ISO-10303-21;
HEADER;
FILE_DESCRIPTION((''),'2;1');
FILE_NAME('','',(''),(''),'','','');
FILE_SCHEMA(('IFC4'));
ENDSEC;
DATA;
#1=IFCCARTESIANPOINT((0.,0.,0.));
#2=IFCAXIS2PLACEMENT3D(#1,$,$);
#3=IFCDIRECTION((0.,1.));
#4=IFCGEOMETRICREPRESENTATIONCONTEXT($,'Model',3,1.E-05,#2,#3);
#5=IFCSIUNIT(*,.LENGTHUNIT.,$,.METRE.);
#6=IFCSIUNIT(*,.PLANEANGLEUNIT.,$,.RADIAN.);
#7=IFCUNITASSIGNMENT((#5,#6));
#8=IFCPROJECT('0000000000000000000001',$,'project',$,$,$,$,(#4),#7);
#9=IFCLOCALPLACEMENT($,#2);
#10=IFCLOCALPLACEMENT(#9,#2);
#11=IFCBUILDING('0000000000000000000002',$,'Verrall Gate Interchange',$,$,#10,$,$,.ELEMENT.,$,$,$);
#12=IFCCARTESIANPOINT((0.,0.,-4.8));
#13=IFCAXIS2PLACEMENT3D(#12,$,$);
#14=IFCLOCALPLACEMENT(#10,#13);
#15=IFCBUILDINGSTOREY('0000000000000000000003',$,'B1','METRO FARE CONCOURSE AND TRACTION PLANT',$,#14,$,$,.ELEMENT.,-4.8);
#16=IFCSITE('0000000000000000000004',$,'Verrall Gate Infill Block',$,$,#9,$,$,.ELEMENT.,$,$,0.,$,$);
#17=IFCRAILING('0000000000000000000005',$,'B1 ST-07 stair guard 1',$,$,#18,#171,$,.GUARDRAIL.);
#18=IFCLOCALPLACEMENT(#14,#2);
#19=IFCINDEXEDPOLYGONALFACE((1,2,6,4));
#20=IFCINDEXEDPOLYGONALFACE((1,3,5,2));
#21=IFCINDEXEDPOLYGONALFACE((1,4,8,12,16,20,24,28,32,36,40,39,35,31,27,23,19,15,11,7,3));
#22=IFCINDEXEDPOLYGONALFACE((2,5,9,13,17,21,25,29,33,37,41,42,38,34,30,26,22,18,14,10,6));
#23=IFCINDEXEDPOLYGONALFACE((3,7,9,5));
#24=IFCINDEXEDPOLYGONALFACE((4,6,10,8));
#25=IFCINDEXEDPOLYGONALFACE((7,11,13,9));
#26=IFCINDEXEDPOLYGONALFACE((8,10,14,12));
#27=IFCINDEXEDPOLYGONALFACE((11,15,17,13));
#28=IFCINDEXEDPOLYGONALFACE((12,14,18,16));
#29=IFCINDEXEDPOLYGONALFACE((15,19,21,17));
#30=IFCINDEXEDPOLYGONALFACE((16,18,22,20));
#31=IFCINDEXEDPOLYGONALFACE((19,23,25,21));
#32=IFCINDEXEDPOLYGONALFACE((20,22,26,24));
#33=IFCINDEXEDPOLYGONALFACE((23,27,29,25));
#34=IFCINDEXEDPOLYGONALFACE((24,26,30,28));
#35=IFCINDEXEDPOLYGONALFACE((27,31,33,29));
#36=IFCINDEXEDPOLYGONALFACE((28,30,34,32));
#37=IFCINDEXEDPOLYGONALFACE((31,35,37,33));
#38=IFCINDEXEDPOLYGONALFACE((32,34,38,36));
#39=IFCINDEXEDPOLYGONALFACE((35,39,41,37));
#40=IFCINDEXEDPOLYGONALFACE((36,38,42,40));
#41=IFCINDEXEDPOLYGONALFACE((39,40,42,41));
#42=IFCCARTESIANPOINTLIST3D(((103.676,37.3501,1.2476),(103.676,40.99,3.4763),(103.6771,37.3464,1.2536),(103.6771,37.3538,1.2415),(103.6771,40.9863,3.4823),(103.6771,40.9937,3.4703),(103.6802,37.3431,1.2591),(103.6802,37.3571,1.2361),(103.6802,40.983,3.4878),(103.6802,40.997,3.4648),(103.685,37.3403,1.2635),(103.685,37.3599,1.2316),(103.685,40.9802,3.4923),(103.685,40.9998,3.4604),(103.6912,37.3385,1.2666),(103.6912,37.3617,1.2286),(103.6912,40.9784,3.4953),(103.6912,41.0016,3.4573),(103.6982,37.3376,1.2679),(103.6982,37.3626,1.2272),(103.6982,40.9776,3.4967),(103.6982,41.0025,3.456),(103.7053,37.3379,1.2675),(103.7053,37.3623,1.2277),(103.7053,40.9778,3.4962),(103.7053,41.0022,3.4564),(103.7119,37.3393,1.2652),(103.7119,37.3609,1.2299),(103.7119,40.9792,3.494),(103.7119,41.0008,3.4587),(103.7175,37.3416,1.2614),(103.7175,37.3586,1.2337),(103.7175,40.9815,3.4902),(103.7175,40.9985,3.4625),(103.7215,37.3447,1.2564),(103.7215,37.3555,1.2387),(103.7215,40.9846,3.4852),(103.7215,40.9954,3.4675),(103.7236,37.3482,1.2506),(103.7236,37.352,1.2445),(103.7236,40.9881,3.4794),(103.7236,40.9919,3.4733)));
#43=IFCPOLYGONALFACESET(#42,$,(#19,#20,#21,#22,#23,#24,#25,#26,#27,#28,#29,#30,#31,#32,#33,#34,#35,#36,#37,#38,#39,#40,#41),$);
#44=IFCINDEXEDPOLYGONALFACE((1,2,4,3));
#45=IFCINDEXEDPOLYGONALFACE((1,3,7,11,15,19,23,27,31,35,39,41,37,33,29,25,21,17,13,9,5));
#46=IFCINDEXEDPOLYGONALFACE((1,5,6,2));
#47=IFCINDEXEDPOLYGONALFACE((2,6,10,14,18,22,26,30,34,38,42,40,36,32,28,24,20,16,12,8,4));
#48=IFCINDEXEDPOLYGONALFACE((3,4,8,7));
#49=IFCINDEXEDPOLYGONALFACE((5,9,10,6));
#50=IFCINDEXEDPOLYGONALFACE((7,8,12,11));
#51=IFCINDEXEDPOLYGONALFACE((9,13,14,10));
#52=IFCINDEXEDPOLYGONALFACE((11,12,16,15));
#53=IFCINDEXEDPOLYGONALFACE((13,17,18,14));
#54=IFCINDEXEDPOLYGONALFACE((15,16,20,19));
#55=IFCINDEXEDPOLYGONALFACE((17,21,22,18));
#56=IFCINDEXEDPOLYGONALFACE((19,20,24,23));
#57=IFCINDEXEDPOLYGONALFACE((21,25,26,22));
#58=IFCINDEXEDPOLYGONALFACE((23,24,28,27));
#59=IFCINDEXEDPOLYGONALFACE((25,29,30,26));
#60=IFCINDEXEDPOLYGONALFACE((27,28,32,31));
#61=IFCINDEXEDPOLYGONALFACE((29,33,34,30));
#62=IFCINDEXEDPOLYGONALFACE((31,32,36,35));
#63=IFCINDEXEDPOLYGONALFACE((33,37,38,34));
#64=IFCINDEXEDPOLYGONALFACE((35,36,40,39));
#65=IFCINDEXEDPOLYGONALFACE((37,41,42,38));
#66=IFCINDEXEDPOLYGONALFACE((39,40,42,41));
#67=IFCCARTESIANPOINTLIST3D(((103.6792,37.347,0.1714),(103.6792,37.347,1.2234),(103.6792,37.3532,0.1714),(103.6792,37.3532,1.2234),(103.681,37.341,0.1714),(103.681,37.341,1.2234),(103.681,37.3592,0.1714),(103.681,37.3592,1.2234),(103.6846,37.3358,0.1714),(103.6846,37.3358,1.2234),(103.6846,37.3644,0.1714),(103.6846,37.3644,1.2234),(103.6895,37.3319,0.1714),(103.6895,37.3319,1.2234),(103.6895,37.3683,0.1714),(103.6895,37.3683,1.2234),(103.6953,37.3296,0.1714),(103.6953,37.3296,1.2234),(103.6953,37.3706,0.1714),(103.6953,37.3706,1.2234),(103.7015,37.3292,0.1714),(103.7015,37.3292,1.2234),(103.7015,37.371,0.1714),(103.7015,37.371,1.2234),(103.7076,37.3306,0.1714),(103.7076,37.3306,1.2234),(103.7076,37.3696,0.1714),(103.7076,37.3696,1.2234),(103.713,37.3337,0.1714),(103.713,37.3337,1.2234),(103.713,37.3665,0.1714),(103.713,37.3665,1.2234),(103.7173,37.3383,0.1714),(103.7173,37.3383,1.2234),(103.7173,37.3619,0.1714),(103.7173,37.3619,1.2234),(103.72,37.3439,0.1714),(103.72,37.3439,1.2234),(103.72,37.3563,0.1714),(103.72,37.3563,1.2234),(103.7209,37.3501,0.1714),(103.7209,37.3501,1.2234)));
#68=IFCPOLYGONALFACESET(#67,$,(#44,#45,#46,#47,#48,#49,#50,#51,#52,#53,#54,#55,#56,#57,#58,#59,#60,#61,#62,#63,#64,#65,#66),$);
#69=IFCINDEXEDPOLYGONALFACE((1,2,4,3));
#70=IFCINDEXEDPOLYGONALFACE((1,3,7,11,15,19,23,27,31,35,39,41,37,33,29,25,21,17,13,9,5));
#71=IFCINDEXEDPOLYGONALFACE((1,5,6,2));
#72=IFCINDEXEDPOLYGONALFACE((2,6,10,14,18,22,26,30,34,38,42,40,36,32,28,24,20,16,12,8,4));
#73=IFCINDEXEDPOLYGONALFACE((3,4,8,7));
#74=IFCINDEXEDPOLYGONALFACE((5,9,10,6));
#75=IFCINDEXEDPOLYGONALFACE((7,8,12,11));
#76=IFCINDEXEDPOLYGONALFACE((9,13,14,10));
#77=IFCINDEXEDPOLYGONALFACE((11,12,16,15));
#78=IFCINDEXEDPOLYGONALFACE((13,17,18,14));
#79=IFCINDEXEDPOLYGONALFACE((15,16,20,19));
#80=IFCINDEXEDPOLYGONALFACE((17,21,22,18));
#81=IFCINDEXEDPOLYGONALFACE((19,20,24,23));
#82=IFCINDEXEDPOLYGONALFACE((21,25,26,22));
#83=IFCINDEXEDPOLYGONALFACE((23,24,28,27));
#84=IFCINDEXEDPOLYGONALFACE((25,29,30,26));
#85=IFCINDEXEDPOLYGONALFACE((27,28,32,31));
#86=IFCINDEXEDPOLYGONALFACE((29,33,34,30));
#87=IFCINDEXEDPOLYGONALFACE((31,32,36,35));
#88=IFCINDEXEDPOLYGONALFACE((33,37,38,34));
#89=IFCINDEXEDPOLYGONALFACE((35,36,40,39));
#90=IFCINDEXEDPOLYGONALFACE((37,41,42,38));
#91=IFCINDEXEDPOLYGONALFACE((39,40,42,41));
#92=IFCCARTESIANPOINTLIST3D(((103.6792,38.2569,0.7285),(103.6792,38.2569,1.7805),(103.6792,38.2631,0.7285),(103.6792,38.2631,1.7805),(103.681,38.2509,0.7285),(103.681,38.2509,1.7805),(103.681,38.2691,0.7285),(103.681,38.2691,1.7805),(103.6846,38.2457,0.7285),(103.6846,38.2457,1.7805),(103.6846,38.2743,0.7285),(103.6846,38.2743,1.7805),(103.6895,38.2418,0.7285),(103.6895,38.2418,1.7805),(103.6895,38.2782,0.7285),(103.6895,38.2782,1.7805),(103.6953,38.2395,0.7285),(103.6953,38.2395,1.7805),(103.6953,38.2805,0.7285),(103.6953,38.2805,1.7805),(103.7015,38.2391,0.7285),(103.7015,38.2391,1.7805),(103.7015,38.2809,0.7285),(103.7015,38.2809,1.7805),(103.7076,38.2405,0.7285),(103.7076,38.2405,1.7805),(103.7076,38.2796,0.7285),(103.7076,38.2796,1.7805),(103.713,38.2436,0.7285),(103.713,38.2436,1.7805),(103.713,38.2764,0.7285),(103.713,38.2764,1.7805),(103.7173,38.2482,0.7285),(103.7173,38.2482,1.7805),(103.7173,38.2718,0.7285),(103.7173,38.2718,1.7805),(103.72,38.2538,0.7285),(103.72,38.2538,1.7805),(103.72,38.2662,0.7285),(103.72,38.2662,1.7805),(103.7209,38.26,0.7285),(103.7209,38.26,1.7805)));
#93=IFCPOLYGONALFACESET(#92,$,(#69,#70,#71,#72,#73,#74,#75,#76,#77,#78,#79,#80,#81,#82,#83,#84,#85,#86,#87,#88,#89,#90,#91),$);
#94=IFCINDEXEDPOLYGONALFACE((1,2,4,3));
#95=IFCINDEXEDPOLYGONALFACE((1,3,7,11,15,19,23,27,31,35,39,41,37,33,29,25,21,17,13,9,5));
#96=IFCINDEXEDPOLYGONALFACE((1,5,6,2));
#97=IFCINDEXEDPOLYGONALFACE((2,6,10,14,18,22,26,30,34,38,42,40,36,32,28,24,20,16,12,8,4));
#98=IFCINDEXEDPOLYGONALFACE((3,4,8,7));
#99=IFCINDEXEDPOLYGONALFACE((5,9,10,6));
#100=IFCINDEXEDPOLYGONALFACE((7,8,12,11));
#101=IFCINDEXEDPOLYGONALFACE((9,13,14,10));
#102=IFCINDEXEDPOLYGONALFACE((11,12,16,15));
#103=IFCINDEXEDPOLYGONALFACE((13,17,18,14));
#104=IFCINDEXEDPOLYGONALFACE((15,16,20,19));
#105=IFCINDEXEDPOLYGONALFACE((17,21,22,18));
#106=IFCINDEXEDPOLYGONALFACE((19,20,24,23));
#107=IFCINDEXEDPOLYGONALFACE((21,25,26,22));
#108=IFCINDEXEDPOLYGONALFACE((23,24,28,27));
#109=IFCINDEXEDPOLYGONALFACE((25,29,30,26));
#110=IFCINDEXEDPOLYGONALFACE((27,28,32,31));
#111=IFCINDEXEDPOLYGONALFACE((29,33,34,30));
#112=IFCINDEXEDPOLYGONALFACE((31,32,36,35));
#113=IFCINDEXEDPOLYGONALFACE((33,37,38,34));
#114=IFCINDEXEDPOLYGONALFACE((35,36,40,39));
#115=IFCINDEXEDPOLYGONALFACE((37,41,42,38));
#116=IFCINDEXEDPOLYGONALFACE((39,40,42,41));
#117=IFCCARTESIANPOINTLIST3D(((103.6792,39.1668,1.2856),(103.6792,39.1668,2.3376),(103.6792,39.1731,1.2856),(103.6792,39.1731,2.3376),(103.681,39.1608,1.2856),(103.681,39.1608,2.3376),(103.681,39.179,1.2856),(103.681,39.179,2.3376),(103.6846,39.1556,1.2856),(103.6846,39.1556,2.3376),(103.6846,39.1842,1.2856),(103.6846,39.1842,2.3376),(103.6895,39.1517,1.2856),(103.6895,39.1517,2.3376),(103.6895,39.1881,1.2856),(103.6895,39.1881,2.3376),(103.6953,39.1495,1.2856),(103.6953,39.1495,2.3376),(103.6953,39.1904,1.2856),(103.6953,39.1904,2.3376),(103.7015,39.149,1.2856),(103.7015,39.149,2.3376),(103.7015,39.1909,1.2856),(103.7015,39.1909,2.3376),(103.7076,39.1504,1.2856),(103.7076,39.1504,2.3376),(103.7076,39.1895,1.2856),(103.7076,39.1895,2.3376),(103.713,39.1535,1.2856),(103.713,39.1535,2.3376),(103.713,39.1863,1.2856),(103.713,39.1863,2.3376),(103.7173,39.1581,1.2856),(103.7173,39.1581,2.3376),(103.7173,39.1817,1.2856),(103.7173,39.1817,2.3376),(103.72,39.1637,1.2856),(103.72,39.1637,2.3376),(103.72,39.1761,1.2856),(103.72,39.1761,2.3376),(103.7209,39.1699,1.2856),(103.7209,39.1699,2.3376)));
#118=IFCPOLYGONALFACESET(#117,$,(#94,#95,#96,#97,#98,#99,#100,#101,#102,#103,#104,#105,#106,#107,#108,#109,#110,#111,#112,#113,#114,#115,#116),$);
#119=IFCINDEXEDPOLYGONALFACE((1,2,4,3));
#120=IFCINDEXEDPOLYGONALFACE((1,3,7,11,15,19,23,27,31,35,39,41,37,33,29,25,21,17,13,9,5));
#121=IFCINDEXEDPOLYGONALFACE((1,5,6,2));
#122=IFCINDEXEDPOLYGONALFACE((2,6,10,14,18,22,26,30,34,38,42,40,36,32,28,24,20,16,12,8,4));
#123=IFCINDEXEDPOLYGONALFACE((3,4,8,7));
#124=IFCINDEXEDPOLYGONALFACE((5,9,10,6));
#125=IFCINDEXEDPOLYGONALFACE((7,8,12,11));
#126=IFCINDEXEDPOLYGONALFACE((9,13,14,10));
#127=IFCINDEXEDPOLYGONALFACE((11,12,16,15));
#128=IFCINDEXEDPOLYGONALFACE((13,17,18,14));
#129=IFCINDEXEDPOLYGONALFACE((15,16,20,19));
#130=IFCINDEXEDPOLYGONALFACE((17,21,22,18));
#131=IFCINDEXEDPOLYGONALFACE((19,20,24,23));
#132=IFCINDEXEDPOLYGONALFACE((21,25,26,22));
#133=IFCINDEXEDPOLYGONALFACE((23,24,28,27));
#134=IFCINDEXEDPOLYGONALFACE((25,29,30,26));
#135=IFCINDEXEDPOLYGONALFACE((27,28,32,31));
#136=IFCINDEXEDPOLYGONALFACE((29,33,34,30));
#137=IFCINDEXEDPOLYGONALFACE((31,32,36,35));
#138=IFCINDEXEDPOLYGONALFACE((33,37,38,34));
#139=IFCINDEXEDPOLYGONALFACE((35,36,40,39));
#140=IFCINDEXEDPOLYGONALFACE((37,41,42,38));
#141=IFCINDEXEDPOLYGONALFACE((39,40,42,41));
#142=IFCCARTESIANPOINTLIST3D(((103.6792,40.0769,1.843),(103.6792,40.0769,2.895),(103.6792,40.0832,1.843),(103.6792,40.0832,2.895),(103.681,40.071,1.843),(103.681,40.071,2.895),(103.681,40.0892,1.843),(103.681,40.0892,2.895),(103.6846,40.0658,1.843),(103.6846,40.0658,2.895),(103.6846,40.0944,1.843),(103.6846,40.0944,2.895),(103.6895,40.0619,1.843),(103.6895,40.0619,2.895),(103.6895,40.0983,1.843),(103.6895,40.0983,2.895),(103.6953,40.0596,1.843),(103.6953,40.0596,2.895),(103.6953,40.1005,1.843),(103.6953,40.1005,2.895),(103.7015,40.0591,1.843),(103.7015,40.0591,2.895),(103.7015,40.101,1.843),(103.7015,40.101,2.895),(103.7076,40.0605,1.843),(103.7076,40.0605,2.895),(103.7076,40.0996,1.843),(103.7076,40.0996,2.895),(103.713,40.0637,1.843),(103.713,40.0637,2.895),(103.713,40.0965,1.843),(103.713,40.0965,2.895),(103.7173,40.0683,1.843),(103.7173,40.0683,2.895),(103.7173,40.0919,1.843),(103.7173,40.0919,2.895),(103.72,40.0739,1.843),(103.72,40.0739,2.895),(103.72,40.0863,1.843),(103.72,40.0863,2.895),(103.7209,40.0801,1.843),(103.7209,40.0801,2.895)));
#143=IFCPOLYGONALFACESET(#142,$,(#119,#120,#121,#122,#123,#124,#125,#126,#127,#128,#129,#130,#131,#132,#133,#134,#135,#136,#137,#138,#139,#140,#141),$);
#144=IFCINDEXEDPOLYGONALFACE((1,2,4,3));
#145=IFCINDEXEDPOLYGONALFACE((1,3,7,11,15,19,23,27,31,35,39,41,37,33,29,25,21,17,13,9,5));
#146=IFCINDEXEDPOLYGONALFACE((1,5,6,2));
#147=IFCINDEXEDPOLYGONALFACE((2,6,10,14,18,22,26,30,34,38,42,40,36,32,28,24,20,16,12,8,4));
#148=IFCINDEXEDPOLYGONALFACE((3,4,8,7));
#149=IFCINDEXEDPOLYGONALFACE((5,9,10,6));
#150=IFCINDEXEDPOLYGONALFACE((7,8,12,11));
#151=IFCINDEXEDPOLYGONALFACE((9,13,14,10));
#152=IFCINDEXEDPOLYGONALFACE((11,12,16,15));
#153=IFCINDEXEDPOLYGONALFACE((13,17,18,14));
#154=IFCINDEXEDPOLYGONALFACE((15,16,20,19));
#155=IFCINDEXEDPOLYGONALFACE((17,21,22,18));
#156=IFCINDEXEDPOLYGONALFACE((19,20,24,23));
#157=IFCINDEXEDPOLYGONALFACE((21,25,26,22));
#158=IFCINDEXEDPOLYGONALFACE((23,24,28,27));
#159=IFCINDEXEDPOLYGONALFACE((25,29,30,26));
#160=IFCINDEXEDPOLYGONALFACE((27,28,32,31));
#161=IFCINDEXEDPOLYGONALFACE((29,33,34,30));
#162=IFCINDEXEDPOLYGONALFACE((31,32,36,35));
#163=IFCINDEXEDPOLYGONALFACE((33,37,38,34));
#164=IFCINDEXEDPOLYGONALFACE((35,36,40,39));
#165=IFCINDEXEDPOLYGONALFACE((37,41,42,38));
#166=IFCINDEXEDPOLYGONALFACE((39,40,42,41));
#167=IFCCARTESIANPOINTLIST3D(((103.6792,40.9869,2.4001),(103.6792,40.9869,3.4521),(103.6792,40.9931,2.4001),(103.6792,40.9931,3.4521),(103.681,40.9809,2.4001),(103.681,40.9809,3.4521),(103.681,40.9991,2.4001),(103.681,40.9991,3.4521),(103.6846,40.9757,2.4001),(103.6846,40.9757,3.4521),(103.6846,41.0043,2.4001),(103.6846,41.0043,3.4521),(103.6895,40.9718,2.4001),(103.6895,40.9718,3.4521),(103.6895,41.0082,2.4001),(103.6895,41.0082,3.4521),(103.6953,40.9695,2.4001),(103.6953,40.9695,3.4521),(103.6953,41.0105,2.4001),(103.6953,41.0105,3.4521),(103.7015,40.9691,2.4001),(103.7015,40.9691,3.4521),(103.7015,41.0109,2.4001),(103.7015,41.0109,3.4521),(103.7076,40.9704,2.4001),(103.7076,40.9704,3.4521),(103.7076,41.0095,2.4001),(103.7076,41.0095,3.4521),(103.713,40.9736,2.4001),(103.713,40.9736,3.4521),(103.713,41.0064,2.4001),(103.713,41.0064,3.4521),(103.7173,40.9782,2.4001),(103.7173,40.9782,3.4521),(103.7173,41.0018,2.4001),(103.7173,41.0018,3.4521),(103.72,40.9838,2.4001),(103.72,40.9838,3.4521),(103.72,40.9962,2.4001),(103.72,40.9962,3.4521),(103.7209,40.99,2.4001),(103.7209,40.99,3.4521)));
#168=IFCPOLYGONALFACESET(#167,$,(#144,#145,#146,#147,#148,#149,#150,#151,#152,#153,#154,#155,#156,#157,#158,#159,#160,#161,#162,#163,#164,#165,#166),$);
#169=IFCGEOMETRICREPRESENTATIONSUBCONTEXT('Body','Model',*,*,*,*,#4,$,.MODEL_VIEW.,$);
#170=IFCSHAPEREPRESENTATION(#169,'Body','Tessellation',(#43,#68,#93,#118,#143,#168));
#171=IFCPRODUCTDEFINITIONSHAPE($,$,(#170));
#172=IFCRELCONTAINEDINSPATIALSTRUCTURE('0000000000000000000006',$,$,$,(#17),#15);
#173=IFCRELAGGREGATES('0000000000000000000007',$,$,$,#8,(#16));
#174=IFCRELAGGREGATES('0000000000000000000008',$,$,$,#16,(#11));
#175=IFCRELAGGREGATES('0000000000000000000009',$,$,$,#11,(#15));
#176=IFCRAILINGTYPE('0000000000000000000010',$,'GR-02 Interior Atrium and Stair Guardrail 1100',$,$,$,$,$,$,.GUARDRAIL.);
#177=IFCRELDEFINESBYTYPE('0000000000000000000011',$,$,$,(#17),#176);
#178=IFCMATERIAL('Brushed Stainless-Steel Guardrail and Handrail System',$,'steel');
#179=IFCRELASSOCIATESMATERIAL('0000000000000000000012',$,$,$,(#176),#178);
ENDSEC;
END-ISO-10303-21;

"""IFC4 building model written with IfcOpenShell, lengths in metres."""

from ifc_helpers import new_model, si_unit, direction, frame, origin, origin_2d, place, context, subcontext, project, spatial, circle, extrude, material, type_object, element, save


model = new_model("IFC4")

# Units and contexts
model_context = context("Model", 3, precision=1e-05, world=origin(), true_north=direction((0.0, 1.0)))
body_context = subcontext(model_context, "Body", "Model", "MODEL_VIEW")
ifc_project = project(units=[si_unit("LENGTHUNIT", "METRE"), si_unit("PLANEANGLEUNIT", "RADIAN")], contexts=[model_context])

# Site, building, storey
site_placement = place(None, origin())
site = spatial("IfcSite", under=ifc_project, at=site_placement, Name="Verrall Gate Infill Block", CompositionType="ELEMENT", RefElevation=0.0)
building_placement = place(site_placement, origin())
building = spatial("IfcBuilding", under=site, at=building_placement, Name="Verrall Gate Interchange", CompositionType="ELEMENT")
storey_placement = place(building_placement, frame((0.0, 0.0, -4.8)))
storey = spatial("IfcBuildingStorey", under=building, at=storey_placement, Name="B1", Description="METRO FARE CONCOURSE AND TRACTION PLANT", CompositionType="ELEMENT", Elevation=-4.8)

# Railing
ifc_material_1 = material(Name="Brushed Stainless-Steel Guardrail and Handrail System", Category="steel")
railing_type_1 = type_object("IfcRailingType", Name="GR-02 Interior Atrium and Stair Guardrail 1100", PredefinedType="GUARDRAIL", material=ifc_material_1)
railing_1_placement = place(storey_placement, frame((103.7, 37.3501, 0.1714)))
element("IfcRailing", 1, at=railing_1_placement, inside=storey, type_object=railing_type_1, Name="B1 ST-07 stair guard 1", PredefinedType="GUARDRAIL", context=body_context, shape_type="SweptSolid", body=[
    extrude(circle(Radius=0.0239, at=origin_2d()), frame((0.0, 0.0, 1.0762), z_axis=(0.0, 0.852825, 0.522197), x_axis=(-1.0, 0.0, 0.0)), (0.0, 0.0, 1.0), 4.2681),
    extrude(circle(Radius=0.021, at=origin_2d()), origin(), (0.0, 0.0, 1.0), 1.052),
    extrude(circle(Radius=0.021, at=origin_2d()), frame((0.0, 0.9099, 0.5571)), (0.0, 0.0, 1.0), 1.052),
    extrude(circle(Radius=0.021, at=origin_2d()), frame((0.0, 1.8198, 1.1143)), (0.0, 0.0, 1.0), 1.052),
    extrude(circle(Radius=0.021, at=origin_2d()), frame((0.0, 2.73, 1.6716)), (0.0, 0.0, 1.0), 1.052),
    extrude(circle(Radius=0.021, at=origin_2d()), frame((0.0, 3.6399, 2.2288)), (0.0, 0.0, 1.0), 1.052),
])

save(model, "model.ifc")
